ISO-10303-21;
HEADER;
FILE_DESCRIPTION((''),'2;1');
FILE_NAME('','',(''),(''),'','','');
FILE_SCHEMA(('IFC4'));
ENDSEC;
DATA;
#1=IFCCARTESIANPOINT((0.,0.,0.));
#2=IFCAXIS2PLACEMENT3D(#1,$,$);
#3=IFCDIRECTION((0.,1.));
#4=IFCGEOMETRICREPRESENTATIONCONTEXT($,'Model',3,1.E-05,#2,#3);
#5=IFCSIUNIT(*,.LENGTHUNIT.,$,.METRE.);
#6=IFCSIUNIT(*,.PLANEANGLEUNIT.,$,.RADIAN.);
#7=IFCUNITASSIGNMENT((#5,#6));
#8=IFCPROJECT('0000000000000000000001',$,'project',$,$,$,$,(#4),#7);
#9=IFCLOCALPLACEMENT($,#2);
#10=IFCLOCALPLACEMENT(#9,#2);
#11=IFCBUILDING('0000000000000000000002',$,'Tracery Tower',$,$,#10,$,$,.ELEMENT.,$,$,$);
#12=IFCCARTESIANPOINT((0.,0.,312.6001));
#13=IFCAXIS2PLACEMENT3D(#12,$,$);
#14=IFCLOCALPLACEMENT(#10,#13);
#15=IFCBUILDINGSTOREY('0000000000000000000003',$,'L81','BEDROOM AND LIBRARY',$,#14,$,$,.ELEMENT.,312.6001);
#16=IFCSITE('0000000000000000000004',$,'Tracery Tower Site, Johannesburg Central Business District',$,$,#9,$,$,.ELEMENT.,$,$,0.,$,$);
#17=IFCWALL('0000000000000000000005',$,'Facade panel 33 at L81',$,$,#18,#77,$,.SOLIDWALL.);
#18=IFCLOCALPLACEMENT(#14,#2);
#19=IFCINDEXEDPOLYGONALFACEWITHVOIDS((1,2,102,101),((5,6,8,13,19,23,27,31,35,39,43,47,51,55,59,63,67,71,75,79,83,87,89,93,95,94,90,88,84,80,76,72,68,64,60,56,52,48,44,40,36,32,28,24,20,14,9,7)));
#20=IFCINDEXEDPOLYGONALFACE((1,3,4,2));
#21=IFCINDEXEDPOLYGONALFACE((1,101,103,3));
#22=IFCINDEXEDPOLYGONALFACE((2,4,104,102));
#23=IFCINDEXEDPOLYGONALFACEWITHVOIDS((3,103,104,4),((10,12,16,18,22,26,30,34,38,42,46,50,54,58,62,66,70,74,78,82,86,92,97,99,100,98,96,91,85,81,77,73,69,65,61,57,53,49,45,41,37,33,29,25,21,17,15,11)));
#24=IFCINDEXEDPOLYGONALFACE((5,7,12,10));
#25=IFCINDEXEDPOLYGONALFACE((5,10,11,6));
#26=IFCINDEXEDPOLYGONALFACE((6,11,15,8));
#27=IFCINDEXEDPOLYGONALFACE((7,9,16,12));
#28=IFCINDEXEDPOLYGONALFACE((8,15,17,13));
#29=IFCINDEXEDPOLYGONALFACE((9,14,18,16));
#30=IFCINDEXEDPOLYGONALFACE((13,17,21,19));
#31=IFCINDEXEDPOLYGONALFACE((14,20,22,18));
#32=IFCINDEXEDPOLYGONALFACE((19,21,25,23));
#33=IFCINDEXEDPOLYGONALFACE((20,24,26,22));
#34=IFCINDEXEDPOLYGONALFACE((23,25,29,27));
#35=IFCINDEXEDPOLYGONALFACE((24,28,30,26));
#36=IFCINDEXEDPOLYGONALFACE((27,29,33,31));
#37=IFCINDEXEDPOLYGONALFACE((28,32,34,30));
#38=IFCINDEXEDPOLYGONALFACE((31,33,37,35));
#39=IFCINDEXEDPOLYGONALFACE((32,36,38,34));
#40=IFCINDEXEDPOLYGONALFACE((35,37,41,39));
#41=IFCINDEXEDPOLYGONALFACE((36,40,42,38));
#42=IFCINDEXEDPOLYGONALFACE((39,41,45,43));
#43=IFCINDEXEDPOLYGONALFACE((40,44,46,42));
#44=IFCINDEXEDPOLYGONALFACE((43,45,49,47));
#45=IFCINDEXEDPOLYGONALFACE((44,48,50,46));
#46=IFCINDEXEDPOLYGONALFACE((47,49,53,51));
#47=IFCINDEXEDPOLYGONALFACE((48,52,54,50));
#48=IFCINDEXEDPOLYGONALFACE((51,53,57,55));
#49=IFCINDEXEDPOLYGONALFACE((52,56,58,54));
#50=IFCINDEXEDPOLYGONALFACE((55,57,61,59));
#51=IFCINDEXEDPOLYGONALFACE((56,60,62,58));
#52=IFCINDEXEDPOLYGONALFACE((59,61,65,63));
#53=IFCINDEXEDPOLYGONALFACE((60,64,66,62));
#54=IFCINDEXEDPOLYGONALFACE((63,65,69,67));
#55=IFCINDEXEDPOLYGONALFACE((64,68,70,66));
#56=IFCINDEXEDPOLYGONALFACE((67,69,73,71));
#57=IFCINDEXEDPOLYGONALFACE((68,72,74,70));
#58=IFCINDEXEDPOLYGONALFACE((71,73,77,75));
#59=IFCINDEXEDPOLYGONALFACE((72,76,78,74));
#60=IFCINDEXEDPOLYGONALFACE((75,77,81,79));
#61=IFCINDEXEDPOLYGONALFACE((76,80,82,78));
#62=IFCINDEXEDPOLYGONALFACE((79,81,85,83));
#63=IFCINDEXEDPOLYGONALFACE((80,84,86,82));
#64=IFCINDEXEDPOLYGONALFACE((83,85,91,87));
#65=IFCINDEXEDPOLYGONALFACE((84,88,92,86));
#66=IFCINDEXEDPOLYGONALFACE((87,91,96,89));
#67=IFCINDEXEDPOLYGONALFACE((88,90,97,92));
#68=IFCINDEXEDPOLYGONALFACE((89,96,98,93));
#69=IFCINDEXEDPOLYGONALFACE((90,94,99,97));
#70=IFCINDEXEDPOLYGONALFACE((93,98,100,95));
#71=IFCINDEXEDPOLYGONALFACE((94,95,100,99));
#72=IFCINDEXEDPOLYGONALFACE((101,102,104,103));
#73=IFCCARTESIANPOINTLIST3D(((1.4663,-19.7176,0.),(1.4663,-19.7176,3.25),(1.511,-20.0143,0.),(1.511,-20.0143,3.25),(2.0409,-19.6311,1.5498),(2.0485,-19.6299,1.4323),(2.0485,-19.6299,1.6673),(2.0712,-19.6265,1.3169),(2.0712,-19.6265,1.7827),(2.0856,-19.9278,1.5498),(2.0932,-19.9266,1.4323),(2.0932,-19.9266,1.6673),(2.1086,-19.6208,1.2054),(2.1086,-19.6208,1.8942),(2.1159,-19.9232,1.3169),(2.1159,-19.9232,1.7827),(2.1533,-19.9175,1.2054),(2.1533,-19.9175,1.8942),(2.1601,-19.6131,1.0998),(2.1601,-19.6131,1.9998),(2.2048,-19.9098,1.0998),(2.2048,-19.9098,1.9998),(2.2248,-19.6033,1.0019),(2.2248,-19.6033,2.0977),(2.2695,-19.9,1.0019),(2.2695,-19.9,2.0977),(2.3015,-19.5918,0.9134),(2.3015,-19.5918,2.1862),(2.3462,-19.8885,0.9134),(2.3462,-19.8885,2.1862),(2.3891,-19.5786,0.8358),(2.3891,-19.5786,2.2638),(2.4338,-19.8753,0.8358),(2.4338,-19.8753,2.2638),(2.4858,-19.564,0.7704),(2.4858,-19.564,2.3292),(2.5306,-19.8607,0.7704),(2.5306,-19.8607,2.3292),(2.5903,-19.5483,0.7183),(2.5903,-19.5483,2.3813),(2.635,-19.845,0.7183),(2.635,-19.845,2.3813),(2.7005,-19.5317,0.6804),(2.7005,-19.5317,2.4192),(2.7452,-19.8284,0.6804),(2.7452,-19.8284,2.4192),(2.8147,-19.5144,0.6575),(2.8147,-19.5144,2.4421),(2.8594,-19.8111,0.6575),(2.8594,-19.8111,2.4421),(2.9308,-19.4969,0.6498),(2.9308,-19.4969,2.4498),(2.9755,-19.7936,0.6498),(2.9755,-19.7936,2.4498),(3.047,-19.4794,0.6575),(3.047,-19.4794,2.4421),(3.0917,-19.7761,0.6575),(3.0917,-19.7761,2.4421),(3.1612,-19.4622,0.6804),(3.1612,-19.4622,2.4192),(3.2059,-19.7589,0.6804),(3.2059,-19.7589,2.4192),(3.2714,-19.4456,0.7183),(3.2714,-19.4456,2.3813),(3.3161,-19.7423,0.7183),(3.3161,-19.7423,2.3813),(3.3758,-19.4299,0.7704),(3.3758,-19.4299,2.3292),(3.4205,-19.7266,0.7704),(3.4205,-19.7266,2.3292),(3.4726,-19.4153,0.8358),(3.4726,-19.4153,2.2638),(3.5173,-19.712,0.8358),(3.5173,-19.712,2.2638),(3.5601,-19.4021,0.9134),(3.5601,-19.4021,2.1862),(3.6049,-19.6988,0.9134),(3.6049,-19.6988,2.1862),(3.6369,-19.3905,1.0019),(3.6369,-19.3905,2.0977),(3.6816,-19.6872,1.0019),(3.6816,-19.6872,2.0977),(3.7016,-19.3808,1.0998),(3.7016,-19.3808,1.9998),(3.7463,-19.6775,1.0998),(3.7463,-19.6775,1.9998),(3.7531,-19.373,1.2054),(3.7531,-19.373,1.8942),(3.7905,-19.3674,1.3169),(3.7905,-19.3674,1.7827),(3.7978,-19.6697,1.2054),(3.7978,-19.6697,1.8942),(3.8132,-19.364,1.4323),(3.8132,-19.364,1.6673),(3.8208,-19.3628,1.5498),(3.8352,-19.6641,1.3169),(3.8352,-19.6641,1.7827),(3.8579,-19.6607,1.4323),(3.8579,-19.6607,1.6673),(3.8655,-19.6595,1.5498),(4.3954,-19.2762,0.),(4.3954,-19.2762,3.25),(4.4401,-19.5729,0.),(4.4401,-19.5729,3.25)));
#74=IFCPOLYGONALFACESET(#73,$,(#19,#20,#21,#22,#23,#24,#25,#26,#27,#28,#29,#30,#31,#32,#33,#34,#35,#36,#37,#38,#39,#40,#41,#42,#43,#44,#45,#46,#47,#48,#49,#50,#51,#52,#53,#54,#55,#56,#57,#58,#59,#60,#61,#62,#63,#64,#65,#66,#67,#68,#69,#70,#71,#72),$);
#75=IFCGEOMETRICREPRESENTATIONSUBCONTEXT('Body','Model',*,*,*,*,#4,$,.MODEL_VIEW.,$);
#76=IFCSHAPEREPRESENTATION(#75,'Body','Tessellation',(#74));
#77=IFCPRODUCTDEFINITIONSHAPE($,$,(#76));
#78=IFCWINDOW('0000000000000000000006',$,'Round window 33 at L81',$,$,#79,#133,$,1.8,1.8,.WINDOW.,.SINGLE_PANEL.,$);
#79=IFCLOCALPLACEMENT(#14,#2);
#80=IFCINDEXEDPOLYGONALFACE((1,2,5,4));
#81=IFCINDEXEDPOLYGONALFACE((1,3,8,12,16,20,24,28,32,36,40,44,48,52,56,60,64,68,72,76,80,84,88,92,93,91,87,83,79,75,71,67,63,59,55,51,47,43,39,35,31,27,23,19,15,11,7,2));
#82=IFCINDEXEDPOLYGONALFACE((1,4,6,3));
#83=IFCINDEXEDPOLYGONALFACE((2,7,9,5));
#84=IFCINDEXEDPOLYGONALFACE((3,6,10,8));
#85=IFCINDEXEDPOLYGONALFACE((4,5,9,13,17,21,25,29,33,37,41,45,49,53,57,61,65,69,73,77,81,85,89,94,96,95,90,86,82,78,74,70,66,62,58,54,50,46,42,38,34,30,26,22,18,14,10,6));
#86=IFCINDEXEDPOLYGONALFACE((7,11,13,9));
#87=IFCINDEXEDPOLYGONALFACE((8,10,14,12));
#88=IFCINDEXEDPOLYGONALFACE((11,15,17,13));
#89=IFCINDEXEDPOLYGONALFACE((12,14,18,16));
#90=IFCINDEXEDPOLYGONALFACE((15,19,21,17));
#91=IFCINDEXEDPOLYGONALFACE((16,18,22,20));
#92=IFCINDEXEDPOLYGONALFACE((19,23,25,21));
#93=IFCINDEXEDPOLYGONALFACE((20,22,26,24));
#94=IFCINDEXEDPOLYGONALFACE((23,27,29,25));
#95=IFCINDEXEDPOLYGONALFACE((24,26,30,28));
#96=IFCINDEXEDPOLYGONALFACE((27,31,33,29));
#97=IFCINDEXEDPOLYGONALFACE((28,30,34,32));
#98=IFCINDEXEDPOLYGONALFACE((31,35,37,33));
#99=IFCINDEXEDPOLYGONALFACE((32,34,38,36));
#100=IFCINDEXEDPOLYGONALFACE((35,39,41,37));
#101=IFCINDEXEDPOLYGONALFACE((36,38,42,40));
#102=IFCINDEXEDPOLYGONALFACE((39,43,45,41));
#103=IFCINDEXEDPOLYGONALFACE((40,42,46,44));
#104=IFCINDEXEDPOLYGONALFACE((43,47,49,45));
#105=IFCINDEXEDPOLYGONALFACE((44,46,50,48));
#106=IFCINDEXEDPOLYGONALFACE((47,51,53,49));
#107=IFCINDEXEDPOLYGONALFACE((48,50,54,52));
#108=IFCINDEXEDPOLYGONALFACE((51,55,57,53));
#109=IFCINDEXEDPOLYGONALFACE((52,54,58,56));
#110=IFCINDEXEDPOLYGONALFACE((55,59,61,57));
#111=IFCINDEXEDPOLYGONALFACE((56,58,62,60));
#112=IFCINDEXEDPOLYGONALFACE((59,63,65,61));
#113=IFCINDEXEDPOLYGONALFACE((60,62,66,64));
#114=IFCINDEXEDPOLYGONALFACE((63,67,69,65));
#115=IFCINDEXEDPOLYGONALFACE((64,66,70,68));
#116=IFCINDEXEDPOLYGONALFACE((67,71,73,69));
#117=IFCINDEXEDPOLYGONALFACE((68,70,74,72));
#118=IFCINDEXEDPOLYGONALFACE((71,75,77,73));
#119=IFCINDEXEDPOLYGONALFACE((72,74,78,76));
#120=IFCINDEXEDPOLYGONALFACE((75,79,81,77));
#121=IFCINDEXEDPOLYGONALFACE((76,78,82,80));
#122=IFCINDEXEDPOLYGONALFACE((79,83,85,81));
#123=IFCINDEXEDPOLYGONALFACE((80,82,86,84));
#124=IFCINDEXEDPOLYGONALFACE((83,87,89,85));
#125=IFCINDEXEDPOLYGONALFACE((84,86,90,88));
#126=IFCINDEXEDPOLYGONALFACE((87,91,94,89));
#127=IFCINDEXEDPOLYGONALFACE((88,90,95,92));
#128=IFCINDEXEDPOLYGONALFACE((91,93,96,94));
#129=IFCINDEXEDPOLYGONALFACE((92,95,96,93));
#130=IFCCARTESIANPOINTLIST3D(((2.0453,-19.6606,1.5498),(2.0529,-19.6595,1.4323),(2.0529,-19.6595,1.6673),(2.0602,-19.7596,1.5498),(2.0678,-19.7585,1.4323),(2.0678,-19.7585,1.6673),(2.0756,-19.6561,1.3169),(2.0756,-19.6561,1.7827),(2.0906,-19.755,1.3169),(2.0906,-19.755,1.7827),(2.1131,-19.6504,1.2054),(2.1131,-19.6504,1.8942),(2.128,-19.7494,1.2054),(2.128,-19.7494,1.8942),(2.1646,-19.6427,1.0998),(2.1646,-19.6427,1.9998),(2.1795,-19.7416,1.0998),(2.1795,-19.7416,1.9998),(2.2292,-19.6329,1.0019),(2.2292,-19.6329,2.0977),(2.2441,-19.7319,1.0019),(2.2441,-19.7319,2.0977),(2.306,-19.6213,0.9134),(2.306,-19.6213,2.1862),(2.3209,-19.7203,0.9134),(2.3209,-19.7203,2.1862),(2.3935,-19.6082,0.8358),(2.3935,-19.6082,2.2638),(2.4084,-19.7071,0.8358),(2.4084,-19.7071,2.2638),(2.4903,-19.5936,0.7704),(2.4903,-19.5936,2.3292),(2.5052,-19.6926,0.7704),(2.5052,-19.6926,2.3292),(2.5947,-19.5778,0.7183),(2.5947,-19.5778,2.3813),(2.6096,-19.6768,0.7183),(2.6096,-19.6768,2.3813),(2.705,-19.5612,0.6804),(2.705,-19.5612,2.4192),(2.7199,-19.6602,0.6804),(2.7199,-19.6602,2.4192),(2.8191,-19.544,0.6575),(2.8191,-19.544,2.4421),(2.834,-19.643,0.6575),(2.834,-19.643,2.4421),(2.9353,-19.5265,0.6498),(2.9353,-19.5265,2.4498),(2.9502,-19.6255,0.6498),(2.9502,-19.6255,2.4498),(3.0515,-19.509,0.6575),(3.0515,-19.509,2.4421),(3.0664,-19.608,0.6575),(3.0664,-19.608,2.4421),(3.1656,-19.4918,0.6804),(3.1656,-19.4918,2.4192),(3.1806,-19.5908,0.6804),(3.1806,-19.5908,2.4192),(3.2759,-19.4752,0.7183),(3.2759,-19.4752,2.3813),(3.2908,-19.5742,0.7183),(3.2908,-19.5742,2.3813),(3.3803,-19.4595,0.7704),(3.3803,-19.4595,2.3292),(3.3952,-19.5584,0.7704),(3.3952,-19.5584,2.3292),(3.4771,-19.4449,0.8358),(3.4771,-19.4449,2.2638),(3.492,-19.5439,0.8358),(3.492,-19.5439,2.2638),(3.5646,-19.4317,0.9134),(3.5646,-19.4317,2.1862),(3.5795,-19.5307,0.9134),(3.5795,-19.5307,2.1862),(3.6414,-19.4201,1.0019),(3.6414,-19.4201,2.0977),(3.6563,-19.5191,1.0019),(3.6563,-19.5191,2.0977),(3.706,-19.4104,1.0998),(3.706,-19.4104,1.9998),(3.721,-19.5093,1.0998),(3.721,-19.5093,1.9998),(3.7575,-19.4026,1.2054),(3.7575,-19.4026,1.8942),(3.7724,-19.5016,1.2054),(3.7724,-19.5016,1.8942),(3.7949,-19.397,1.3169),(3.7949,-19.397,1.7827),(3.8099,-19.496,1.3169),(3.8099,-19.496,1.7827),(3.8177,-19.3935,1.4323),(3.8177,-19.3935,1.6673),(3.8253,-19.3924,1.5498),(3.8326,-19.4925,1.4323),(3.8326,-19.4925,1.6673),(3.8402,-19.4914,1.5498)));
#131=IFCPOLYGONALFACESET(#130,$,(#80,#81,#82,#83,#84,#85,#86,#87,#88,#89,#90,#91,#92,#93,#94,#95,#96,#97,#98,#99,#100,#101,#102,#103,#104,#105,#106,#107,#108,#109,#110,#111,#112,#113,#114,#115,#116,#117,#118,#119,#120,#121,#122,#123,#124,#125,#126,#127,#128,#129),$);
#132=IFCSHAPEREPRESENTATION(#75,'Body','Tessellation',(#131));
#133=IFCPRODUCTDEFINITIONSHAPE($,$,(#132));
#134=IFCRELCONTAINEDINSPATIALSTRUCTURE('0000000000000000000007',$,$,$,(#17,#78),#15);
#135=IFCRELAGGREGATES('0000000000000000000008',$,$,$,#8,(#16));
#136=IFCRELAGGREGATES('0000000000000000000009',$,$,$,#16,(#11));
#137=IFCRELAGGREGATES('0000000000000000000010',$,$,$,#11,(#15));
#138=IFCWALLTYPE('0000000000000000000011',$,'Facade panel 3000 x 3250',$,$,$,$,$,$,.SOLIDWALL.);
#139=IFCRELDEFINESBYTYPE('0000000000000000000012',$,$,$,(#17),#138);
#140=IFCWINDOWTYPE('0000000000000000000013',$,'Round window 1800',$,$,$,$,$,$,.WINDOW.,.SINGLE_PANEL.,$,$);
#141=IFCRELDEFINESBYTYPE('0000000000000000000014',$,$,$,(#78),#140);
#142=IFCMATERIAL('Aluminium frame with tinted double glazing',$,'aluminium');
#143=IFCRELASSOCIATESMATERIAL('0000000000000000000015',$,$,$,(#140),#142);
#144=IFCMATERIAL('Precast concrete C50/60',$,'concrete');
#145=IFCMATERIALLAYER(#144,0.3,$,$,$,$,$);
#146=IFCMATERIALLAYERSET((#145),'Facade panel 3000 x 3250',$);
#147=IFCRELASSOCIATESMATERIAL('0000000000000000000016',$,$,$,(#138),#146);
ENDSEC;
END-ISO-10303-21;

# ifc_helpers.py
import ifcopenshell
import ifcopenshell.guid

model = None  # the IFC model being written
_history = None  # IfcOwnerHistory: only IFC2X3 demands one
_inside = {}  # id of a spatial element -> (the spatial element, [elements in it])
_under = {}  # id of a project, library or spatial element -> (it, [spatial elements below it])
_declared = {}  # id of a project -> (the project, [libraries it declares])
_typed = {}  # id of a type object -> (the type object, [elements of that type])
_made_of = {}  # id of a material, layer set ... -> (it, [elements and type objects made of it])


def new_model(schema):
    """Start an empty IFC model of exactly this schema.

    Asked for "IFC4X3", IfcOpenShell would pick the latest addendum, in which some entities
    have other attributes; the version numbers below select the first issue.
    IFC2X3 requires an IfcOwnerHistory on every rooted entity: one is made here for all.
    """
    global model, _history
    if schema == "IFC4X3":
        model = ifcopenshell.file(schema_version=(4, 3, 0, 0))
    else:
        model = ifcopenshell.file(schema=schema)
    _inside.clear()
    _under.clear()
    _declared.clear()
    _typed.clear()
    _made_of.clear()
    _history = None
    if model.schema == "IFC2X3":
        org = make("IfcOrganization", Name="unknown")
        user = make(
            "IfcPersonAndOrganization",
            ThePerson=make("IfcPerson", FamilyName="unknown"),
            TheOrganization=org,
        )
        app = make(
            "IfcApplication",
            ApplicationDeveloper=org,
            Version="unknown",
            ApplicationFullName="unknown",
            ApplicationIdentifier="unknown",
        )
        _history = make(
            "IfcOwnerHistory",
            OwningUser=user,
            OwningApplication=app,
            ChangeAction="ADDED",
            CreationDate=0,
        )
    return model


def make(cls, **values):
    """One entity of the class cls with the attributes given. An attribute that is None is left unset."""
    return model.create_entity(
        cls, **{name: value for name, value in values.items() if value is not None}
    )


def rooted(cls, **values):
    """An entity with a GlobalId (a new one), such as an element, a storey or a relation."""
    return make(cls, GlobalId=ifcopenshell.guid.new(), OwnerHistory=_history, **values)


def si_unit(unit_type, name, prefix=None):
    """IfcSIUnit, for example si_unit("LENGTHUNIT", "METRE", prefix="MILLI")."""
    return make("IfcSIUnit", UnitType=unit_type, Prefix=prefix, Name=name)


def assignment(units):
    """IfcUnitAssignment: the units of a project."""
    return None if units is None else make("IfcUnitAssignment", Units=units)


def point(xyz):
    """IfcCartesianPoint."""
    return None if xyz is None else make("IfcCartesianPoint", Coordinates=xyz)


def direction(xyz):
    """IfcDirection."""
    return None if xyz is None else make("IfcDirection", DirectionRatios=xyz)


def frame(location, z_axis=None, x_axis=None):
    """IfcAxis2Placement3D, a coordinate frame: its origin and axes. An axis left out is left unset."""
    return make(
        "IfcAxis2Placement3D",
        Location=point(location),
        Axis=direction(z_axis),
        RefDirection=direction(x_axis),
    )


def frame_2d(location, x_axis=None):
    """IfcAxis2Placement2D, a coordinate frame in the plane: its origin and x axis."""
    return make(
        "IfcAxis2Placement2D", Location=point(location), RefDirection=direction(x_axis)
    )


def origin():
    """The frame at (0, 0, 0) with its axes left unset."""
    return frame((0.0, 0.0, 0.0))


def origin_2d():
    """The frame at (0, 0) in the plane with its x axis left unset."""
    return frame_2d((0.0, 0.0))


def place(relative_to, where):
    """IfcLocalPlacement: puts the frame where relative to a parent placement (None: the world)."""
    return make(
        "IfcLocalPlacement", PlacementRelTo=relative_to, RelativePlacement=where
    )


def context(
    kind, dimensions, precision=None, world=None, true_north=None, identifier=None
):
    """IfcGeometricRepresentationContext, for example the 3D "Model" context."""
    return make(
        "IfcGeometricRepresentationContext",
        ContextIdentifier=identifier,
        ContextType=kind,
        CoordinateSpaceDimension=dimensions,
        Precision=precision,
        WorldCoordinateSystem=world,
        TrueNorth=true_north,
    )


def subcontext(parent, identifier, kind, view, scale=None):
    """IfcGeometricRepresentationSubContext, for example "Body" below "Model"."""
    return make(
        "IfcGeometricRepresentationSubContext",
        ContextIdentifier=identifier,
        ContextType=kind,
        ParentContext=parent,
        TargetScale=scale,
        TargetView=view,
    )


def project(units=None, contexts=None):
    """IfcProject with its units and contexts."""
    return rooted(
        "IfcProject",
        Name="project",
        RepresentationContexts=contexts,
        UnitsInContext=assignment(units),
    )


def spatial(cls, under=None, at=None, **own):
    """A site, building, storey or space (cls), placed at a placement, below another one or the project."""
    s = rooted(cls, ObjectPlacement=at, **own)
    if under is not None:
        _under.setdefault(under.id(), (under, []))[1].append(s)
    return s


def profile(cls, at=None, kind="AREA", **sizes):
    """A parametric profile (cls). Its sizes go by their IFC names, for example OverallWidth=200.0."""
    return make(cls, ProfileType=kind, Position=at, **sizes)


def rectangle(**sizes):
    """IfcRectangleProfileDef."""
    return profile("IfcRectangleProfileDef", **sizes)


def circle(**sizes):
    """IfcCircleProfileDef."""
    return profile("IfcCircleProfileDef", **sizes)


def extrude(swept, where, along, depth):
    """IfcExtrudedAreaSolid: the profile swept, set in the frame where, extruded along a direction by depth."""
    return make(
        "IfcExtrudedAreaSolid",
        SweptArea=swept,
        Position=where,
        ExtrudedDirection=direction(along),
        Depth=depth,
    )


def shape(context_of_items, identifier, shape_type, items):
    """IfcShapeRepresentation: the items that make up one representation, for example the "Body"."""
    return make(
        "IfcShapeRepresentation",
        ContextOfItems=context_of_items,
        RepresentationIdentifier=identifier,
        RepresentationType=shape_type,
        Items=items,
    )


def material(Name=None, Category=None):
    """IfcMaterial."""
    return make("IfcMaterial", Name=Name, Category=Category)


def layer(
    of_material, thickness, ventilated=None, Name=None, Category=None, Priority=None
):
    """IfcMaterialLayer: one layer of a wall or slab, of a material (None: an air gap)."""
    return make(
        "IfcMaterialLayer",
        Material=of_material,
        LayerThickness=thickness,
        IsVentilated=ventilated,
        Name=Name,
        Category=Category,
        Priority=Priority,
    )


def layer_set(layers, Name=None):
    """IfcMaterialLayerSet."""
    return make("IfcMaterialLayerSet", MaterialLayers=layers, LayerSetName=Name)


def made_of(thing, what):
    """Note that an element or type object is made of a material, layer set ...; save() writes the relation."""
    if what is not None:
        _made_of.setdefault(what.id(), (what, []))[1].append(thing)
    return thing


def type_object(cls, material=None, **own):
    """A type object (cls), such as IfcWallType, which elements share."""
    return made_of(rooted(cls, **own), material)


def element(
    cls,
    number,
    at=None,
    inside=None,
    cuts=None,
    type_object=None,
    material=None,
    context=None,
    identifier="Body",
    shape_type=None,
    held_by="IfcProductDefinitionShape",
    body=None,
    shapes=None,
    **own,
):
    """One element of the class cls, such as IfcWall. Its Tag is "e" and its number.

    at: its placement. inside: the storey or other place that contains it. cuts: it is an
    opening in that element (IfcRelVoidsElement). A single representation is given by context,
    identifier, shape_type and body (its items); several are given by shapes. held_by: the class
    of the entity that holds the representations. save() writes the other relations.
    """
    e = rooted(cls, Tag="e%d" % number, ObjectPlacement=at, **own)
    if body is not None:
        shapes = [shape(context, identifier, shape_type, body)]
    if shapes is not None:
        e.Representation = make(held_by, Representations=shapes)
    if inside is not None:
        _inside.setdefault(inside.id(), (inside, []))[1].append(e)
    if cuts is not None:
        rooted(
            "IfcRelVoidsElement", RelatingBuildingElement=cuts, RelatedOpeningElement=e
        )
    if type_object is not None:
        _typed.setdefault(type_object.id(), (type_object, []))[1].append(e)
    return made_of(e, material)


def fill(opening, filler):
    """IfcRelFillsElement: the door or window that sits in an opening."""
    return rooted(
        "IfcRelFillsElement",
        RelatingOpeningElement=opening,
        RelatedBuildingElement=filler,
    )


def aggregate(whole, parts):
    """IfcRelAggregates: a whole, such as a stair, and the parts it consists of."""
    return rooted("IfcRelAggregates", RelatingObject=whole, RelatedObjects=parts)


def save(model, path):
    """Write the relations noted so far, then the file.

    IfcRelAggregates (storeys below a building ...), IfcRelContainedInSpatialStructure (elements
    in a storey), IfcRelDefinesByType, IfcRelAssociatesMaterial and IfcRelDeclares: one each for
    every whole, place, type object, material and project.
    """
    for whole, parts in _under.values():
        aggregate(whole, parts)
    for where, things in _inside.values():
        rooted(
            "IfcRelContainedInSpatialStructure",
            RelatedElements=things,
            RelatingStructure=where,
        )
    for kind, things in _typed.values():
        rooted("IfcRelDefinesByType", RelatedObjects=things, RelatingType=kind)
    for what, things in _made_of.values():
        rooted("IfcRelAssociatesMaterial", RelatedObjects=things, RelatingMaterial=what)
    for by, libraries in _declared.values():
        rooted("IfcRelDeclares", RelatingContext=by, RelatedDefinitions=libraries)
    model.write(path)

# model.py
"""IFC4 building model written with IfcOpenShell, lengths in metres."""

from ifc_helpers import new_model, si_unit, direction, frame, frame_2d, origin, origin_2d, place, context, subcontext, project, spatial, rectangle, circle, extrude, material, layer, layer_set, type_object, element, fill, save


model = new_model("IFC4")

# Units and contexts
model_context = context("Model", 3, precision=1e-05, world=origin(), true_north=direction((0.0, 1.0)))
body_context = subcontext(model_context, "Body", "Model", "MODEL_VIEW")
ifc_project = project(units=[si_unit("LENGTHUNIT", "METRE"), si_unit("PLANEANGLEUNIT", "RADIAN")], contexts=[model_context])

# Site, building, storey
site_placement = place(None, origin())
site = spatial("IfcSite", under=ifc_project, at=site_placement, Name="Tracery Tower Site, Johannesburg Central Business District", CompositionType="ELEMENT", RefElevation=0.0)
building_placement = place(site_placement, origin())
building = spatial("IfcBuilding", under=site, at=building_placement, Name="Tracery Tower", CompositionType="ELEMENT")
storey_placement = place(building_placement, frame((0.0, 0.0, 312.6001)))
storey = spatial("IfcBuildingStorey", under=building, at=storey_placement, Name="L81", Description="BEDROOM AND LIBRARY", CompositionType="ELEMENT", Elevation=312.6001)

# Wall, opening, window
ifc_material_1 = material(Name="Aluminium frame with tinted double glazing", Category="aluminium")
window_type = type_object("IfcWindowType", Name="Round window 1800", PartitioningType="SINGLE_PANEL", PredefinedType="WINDOW", material=ifc_material_1)
ifc_material_2 = material(Name="Precast concrete C50/60", Category="concrete")
ifc_layer_1 = layer(ifc_material_2, 0.3)
ifc_layer_set_1 = layer_set([ifc_layer_1], Name="Facade panel 3000 x 3250")
wall_type_1 = type_object("IfcWallType", Name="Facade panel 3000 x 3250", PredefinedType="SOLIDWALL", material=ifc_layer_set_1)
wall_1_placement = place(storey_placement, frame((1.4888, -19.866, 0.0), z_axis=(0.0, 0.0, 1.0), x_axis=(0.988836, 0.149009, 0.0)))
wall_1 = element("IfcWall", 1, at=wall_1_placement, inside=storey, type_object=wall_type_1, Name="Facade panel 33 at L81", PredefinedType="SOLIDWALL", context=body_context, shape_type="SweptSolid", body=[
    extrude(rectangle(XDim=2.9622, YDim=0.3, at=frame_2d((1.481, 0.0))), origin(), (0.0, 0.0, 1.0), 3.25),
])
opening_1_placement = place(wall_1_placement, frame((1.481, 0.0, 1.5498)))
opening_1 = element("IfcOpeningElement", 2, at=opening_1_placement, cuts=wall_1, PredefinedType="OPENING", context=body_context, shape_type="SweptSolid", body=[
    extrude(circle(Radius=0.9, at=origin_2d()), frame((0.0, 0.1599, 0.0), z_axis=(0.0, -1.0, 0.0), x_axis=(1.0, 0.0, 0.0)), (0.0, 0.0, 1.0), 0.3201),
])
window_1_placement = place(opening_1_placement, origin())
window_1 = element("IfcWindow", 3, at=window_1_placement, inside=storey, type_object=window_type, Name="Round window 33 at L81", OverallHeight=1.8, OverallWidth=1.8, PartitioningType="SINGLE_PANEL", PredefinedType="WINDOW", context=body_context, shape_type="SweptSolid", body=[
    extrude(circle(Radius=0.9, at=origin_2d()), frame((0.0, 0.1201, 0.0), z_axis=(0.0, -1.0, 0.0), x_axis=(1.0, 0.0, 0.0)), (0.0, 0.0, 1.0), 0.1001),
])
fill(opening_1, window_1)

save(model, "model.ifc")
